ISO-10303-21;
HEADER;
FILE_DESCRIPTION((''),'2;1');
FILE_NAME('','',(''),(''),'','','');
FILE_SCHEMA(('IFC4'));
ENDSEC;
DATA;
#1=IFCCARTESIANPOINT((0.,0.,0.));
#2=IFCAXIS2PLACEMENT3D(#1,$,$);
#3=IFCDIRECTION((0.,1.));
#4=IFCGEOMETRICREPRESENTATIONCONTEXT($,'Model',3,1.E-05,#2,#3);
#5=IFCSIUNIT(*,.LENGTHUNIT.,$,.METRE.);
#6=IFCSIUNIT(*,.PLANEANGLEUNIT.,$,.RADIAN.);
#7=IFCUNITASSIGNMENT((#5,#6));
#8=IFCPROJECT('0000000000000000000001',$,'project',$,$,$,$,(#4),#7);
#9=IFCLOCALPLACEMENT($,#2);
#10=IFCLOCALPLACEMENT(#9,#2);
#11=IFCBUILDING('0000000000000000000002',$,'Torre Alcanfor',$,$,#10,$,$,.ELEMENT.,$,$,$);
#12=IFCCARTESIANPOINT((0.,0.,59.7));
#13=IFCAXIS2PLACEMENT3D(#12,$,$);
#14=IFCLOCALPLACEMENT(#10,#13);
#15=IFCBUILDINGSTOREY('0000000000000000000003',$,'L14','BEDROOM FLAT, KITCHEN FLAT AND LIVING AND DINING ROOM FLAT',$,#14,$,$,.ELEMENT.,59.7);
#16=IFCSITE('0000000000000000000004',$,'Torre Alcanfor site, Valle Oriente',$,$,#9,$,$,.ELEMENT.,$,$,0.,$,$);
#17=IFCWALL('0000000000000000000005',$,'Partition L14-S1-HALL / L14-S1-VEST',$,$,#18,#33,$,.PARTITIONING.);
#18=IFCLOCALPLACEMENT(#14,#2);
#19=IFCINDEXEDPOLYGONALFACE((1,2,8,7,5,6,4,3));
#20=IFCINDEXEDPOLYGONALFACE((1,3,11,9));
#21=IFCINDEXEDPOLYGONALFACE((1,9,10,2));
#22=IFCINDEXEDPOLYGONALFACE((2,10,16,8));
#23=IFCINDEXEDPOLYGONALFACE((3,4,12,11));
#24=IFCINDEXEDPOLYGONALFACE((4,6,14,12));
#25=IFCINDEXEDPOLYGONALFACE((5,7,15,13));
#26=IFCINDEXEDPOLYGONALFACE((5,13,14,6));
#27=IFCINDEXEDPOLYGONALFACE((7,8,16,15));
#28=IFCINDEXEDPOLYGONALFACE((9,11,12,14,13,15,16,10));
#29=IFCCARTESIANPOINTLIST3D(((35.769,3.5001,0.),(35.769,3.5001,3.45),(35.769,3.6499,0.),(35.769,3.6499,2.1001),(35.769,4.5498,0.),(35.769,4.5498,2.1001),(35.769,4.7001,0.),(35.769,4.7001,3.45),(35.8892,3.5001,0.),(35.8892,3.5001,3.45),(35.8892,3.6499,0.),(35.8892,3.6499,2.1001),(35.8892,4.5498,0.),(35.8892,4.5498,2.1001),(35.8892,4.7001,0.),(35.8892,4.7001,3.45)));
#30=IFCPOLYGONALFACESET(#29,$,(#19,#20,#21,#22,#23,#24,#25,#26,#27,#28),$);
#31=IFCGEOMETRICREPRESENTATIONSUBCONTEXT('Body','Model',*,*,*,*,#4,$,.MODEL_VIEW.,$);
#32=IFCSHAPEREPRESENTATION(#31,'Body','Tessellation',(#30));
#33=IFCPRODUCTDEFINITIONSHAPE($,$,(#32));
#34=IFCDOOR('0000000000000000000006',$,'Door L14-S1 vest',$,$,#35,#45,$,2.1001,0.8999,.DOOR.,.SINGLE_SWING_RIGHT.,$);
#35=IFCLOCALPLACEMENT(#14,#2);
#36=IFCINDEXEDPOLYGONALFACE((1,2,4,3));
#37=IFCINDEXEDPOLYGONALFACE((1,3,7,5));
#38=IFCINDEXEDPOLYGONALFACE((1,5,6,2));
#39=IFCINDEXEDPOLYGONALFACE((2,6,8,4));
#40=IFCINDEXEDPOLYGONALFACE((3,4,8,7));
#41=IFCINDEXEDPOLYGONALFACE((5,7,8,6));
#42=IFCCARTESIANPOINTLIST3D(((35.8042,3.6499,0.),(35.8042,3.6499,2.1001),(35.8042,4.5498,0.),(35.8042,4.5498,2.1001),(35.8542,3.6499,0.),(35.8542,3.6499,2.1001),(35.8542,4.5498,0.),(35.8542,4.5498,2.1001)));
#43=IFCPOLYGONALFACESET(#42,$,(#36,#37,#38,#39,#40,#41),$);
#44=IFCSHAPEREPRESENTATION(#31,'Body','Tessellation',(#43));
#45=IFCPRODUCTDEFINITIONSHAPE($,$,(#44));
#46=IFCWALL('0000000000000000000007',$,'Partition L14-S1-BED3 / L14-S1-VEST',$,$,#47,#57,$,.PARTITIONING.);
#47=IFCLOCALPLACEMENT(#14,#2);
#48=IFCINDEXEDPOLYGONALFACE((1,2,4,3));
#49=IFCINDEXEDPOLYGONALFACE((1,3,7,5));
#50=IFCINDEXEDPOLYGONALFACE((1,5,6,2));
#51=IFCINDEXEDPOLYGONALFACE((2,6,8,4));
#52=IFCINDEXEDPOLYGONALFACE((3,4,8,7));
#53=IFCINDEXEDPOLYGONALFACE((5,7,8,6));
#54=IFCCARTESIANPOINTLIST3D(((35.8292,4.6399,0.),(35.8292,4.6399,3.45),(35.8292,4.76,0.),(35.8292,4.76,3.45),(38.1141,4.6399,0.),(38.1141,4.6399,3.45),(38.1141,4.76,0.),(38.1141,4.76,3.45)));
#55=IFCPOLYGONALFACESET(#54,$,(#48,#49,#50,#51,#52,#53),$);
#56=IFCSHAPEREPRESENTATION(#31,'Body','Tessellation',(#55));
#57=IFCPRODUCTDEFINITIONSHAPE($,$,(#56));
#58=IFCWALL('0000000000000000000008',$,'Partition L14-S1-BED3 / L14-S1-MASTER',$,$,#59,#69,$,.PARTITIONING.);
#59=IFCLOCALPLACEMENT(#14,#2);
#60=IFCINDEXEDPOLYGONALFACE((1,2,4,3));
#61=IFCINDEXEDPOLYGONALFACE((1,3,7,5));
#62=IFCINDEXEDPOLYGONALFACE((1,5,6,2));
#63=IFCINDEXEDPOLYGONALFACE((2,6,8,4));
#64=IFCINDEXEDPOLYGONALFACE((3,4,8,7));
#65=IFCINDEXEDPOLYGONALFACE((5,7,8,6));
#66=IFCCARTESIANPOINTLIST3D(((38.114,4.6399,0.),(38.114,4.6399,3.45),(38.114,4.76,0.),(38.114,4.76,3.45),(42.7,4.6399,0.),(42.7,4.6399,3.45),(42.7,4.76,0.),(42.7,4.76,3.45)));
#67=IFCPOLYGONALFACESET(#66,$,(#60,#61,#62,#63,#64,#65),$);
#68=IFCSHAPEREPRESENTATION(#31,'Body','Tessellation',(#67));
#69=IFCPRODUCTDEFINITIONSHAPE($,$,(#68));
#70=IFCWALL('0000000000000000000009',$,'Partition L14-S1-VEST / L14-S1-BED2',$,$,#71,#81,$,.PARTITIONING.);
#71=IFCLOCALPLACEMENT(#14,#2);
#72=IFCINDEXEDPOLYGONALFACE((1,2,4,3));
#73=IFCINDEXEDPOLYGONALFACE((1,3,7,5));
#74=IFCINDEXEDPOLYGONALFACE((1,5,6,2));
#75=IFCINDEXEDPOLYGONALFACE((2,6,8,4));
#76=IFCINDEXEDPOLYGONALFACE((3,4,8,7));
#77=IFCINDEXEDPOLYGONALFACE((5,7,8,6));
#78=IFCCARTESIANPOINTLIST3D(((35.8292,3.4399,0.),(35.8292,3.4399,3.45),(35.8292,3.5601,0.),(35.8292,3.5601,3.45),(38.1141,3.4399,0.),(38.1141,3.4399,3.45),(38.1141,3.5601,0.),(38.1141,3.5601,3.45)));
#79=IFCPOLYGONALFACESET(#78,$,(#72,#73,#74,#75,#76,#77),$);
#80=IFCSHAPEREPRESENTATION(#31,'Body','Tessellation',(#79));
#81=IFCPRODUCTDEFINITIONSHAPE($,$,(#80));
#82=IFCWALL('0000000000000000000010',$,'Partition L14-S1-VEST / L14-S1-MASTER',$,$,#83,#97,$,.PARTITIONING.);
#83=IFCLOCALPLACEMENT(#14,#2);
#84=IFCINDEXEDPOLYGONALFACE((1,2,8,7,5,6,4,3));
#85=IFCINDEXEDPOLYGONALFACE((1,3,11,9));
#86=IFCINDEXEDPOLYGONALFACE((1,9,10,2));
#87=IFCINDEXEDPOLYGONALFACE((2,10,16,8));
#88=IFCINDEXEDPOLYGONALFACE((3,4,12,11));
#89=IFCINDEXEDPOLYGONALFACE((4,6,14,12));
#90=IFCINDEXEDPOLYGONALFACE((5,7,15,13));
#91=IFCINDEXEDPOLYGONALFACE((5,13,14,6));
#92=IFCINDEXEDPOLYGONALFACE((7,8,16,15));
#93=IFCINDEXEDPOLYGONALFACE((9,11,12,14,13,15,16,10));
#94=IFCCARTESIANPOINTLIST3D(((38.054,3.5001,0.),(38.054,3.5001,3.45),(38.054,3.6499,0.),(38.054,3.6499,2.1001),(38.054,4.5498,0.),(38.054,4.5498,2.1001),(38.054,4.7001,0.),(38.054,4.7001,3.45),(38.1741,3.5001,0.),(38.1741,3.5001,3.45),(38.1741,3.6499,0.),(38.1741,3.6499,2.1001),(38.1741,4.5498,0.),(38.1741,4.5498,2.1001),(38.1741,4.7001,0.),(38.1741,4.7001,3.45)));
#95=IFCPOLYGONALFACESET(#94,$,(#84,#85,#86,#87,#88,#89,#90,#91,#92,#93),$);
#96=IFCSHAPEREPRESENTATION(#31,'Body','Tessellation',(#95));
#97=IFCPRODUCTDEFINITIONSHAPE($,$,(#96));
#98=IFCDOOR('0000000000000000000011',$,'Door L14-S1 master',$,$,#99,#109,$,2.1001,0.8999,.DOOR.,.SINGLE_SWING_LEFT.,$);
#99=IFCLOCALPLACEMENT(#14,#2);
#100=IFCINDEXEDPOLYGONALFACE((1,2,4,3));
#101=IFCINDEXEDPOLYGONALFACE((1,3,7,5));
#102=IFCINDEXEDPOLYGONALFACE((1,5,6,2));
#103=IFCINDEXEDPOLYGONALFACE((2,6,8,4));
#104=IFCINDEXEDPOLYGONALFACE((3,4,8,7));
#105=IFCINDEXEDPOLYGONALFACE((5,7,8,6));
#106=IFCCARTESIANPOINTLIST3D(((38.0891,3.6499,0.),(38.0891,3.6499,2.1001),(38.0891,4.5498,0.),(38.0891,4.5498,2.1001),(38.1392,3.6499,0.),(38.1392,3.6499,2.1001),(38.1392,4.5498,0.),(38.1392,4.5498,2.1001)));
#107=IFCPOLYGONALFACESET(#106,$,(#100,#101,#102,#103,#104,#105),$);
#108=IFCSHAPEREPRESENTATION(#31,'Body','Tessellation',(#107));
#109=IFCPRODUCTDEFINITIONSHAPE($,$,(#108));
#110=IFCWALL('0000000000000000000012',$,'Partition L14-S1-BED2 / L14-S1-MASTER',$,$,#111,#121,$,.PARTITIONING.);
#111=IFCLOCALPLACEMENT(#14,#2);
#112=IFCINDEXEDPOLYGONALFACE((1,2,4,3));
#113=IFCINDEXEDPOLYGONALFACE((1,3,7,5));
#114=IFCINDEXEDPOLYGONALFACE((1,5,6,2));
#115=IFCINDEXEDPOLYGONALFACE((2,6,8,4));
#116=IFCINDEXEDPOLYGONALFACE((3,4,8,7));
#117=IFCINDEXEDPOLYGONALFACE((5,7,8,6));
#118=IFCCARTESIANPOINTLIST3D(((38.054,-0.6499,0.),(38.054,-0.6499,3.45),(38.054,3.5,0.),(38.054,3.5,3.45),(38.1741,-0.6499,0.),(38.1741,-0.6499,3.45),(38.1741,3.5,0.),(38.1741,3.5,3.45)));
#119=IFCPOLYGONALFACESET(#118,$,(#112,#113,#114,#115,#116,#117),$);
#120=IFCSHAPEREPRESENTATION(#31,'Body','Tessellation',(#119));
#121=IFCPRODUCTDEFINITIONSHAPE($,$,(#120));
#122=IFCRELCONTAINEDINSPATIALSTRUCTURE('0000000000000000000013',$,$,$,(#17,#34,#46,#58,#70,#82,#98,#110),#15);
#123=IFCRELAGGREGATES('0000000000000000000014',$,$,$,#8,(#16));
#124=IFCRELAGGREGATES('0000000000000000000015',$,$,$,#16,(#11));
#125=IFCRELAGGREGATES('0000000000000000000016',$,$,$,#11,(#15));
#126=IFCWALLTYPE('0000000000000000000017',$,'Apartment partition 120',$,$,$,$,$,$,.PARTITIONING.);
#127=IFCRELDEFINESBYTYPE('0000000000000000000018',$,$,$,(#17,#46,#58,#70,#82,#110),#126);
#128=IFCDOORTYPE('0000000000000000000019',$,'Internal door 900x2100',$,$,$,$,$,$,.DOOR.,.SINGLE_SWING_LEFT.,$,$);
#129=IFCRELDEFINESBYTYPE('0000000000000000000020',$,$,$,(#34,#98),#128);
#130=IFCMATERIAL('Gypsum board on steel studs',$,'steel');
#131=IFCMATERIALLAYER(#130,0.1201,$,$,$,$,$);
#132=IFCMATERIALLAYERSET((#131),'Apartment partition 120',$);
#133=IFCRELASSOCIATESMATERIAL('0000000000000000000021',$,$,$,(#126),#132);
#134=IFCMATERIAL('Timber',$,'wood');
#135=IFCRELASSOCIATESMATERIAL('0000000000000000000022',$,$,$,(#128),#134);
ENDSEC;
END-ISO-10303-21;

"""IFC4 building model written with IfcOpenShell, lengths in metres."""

from ifc_helpers import new_model, si_unit, direction, frame, frame_2d, origin, place, context, subcontext, project, spatial, rectangle, extrude, material, layer, layer_set, type_object, element, fill, save


model = new_model("IFC4")

# Units and contexts
model_context = context("Model", 3, precision=1e-05, world=origin(), true_north=direction((0.0, 1.0)))
body_context = subcontext(model_context, "Body", "Model", "MODEL_VIEW")
ifc_project = project(units=[si_unit("LENGTHUNIT", "METRE"), si_unit("PLANEANGLEUNIT", "RADIAN")], contexts=[model_context])

# Site, building, storey
site_placement = place(None, origin())
site = spatial("IfcSite", under=ifc_project, at=site_placement, Name="Torre Alcanfor site, Valle Oriente", CompositionType="ELEMENT", RefElevation=0.0)
building_placement = place(site_placement, origin())
building = spatial("IfcBuilding", under=site, at=building_placement, Name="Torre Alcanfor", CompositionType="ELEMENT")
storey_placement = place(building_placement, frame((0.0, 0.0, 59.7)))
storey = spatial("IfcBuildingStorey", under=building, at=storey_placement, Name="L14", Description="BEDROOM FLAT, KITCHEN FLAT AND LIVING AND DINING ROOM FLAT", CompositionType="ELEMENT", Elevation=59.7)

# Shared definitions
ifc_material_1 = material(Name="Gypsum board on steel studs", Category="steel")
ifc_layer_1 = layer(ifc_material_1, 0.1201)
ifc_layer_set_1 = layer_set([ifc_layer_1], Name="Apartment partition 120")
wall_type_1 = type_object("IfcWallType", Name="Apartment partition 120", PredefinedType="PARTITIONING", material=ifc_layer_set_1)

# Wall, opening, door
ifc_material_2 = material(Name="Timber", Category="wood")
door_type = type_object("IfcDoorType", Name="Internal door 900x2100", OperationType="SINGLE_SWING_LEFT", PredefinedType="DOOR", material=ifc_material_2)
wall_1_placement = place(storey_placement, frame((35.8291, 3.5, 0.0), z_axis=(0.0, 0.0, 1.0), x_axis=(0.0, 1.0, 0.0)))
wall_1 = element("IfcWall", 1, at=wall_1_placement, inside=storey, type_object=wall_type_1, Name="Partition L14-S1-HALL / L14-S1-VEST", PredefinedType="PARTITIONING", context=body_context, shape_type="SweptSolid", body=[
    extrude(rectangle(XDim=1.2, YDim=0.1201, at=frame_2d((0.6001, 0.0))), origin(), (0.0, 0.0, 1.0), 3.45),
])
opening_1_placement = place(wall_1_placement, frame((0.1499, 0.0, 0.0)))
opening_1 = element("IfcOpeningElement", 2, at=opening_1_placement, cuts=wall_1, PredefinedType="OPENING", context=body_context, shape_type="SweptSolid", body=[
    extrude(rectangle(XDim=0.8999, YDim=2.1001, at=frame_2d((0.45, 1.05))), frame((0.0, 0.0701, 0.0), z_axis=(0.0, -1.0, 0.0), x_axis=(1.0, 0.0, 0.0)), (0.0, 0.0, 1.0), 0.1401),
])
door_1_placement = place(opening_1_placement, frame((0.8999, 0.0, 0.0), z_axis=(0.0, 0.0, 1.0), x_axis=(-1.0, 0.0, 0.0)))
door_1 = element("IfcDoor", 3, at=door_1_placement, inside=storey, type_object=door_type, Name="Door L14-S1 vest", OperationType="SINGLE_SWING_RIGHT", OverallHeight=2.1001, OverallWidth=0.8999, PredefinedType="DOOR", context=body_context, shape_type="SweptSolid", body=[
    extrude(rectangle(XDim=0.8999, YDim=2.1001, at=frame_2d((0.45, 1.05))), frame((0.0, 0.0251, 0.0), z_axis=(0.0, -1.0, 0.0), x_axis=(1.0, 0.0, 0.0)), (0.0, 0.0, 1.0), 0.05),
])
fill(opening_1, door_1)

# Walls
wall_2_placement = place(storey_placement, frame((35.8291, 4.7, 0.0), z_axis=(0.0, 0.0, 1.0), x_axis=(1.0, 0.0, 0.0)))
element("IfcWall", 4, at=wall_2_placement, inside=storey, type_object=wall_type_1, Name="Partition L14-S1-BED3 / L14-S1-VEST", PredefinedType="PARTITIONING", context=body_context, shape_type="SweptSolid", body=[
    extrude(rectangle(XDim=2.2849, YDim=0.1201, at=frame_2d((1.1426, 0.0))), origin(), (0.0, 0.0, 1.0), 3.45),
])
wall_3_placement = place(storey_placement, frame((38.114, 4.7, 0.0), z_axis=(0.0, 0.0, 1.0), x_axis=(1.0, 0.0, 0.0)))
element("IfcWall", 5, at=wall_3_placement, inside=storey, type_object=wall_type_1, Name="Partition L14-S1-BED3 / L14-S1-MASTER", PredefinedType="PARTITIONING", context=body_context, shape_type="SweptSolid", body=[
    extrude(rectangle(XDim=4.5859, YDim=0.1201, at=frame_2d((2.293, 0.0))), origin(), (0.0, 0.0, 1.0), 3.45),
])
wall_4_placement = place(storey_placement, frame((35.8291, 3.5, 0.0), z_axis=(0.0, 0.0, 1.0), x_axis=(1.0, 0.0, 0.0)))
element("IfcWall", 6, at=wall_4_placement, inside=storey, type_object=wall_type_1, Name="Partition L14-S1-VEST / L14-S1-BED2", PredefinedType="PARTITIONING", context=body_context, shape_type="SweptSolid", body=[
    extrude(rectangle(XDim=2.2849, YDim=0.1201, at=frame_2d((1.1426, 0.0))), origin(), (0.0, 0.0, 1.0), 3.45),
])

# Wall, opening, door
wall_5_placement = place(storey_placement, frame((38.114, 3.5, 0.0), z_axis=(0.0, 0.0, 1.0), x_axis=(0.0, 1.0, 0.0)))
wall_5 = element("IfcWall", 7, at=wall_5_placement, inside=storey, type_object=wall_type_1, Name="Partition L14-S1-VEST / L14-S1-MASTER", PredefinedType="PARTITIONING", context=body_context, shape_type="SweptSolid", body=[
    extrude(rectangle(XDim=1.2, YDim=0.1201, at=frame_2d((0.6001, 0.0))), origin(), (0.0, 0.0, 1.0), 3.45),
])
opening_2_placement = place(wall_5_placement, frame((0.1499, 0.0, 0.0)))
opening_2 = element("IfcOpeningElement", 8, at=opening_2_placement, cuts=wall_5, PredefinedType="OPENING", context=body_context, shape_type="SweptSolid", body=[
    extrude(rectangle(XDim=0.8999, YDim=2.1001, at=frame_2d((0.45, 1.05))), frame((0.0, 0.0701, 0.0), z_axis=(0.0, -1.0, 0.0), x_axis=(1.0, 0.0, 0.0)), (0.0, 0.0, 1.0), 0.1401),
])
door_2_placement = place(opening_2_placement, origin())
door_2 = element("IfcDoor", 9, at=door_2_placement, inside=storey, type_object=door_type, Name="Door L14-S1 master", OperationType="SINGLE_SWING_LEFT", OverallHeight=2.1001, OverallWidth=0.8999, PredefinedType="DOOR", context=body_context, shape_type="SweptSolid", body=[
    extrude(rectangle(XDim=0.8999, YDim=2.1001, at=frame_2d((0.45, 1.05))), frame((0.0, 0.0249, 0.0), z_axis=(0.0, -1.0, 0.0), x_axis=(1.0, 0.0, 0.0)), (0.0, 0.0, 1.0), 0.05),
])
fill(opening_2, door_2)

# Wall
wall_6_placement = place(storey_placement, frame((38.114, -0.6499, 0.0), z_axis=(0.0, 0.0, 1.0), x_axis=(0.0, 1.0, 0.0)))
element("IfcWall", 10, at=wall_6_placement, inside=storey, type_object=wall_type_1, Name="Partition L14-S1-BED2 / L14-S1-MASTER", PredefinedType="PARTITIONING", context=body_context, shape_type="SweptSolid", body=[
    extrude(rectangle(XDim=4.1499, YDim=0.1201, at=frame_2d((2.075, 0.0))), origin(), (0.0, 0.0, 1.0), 3.45),
])

save(model, "model.ifc")
